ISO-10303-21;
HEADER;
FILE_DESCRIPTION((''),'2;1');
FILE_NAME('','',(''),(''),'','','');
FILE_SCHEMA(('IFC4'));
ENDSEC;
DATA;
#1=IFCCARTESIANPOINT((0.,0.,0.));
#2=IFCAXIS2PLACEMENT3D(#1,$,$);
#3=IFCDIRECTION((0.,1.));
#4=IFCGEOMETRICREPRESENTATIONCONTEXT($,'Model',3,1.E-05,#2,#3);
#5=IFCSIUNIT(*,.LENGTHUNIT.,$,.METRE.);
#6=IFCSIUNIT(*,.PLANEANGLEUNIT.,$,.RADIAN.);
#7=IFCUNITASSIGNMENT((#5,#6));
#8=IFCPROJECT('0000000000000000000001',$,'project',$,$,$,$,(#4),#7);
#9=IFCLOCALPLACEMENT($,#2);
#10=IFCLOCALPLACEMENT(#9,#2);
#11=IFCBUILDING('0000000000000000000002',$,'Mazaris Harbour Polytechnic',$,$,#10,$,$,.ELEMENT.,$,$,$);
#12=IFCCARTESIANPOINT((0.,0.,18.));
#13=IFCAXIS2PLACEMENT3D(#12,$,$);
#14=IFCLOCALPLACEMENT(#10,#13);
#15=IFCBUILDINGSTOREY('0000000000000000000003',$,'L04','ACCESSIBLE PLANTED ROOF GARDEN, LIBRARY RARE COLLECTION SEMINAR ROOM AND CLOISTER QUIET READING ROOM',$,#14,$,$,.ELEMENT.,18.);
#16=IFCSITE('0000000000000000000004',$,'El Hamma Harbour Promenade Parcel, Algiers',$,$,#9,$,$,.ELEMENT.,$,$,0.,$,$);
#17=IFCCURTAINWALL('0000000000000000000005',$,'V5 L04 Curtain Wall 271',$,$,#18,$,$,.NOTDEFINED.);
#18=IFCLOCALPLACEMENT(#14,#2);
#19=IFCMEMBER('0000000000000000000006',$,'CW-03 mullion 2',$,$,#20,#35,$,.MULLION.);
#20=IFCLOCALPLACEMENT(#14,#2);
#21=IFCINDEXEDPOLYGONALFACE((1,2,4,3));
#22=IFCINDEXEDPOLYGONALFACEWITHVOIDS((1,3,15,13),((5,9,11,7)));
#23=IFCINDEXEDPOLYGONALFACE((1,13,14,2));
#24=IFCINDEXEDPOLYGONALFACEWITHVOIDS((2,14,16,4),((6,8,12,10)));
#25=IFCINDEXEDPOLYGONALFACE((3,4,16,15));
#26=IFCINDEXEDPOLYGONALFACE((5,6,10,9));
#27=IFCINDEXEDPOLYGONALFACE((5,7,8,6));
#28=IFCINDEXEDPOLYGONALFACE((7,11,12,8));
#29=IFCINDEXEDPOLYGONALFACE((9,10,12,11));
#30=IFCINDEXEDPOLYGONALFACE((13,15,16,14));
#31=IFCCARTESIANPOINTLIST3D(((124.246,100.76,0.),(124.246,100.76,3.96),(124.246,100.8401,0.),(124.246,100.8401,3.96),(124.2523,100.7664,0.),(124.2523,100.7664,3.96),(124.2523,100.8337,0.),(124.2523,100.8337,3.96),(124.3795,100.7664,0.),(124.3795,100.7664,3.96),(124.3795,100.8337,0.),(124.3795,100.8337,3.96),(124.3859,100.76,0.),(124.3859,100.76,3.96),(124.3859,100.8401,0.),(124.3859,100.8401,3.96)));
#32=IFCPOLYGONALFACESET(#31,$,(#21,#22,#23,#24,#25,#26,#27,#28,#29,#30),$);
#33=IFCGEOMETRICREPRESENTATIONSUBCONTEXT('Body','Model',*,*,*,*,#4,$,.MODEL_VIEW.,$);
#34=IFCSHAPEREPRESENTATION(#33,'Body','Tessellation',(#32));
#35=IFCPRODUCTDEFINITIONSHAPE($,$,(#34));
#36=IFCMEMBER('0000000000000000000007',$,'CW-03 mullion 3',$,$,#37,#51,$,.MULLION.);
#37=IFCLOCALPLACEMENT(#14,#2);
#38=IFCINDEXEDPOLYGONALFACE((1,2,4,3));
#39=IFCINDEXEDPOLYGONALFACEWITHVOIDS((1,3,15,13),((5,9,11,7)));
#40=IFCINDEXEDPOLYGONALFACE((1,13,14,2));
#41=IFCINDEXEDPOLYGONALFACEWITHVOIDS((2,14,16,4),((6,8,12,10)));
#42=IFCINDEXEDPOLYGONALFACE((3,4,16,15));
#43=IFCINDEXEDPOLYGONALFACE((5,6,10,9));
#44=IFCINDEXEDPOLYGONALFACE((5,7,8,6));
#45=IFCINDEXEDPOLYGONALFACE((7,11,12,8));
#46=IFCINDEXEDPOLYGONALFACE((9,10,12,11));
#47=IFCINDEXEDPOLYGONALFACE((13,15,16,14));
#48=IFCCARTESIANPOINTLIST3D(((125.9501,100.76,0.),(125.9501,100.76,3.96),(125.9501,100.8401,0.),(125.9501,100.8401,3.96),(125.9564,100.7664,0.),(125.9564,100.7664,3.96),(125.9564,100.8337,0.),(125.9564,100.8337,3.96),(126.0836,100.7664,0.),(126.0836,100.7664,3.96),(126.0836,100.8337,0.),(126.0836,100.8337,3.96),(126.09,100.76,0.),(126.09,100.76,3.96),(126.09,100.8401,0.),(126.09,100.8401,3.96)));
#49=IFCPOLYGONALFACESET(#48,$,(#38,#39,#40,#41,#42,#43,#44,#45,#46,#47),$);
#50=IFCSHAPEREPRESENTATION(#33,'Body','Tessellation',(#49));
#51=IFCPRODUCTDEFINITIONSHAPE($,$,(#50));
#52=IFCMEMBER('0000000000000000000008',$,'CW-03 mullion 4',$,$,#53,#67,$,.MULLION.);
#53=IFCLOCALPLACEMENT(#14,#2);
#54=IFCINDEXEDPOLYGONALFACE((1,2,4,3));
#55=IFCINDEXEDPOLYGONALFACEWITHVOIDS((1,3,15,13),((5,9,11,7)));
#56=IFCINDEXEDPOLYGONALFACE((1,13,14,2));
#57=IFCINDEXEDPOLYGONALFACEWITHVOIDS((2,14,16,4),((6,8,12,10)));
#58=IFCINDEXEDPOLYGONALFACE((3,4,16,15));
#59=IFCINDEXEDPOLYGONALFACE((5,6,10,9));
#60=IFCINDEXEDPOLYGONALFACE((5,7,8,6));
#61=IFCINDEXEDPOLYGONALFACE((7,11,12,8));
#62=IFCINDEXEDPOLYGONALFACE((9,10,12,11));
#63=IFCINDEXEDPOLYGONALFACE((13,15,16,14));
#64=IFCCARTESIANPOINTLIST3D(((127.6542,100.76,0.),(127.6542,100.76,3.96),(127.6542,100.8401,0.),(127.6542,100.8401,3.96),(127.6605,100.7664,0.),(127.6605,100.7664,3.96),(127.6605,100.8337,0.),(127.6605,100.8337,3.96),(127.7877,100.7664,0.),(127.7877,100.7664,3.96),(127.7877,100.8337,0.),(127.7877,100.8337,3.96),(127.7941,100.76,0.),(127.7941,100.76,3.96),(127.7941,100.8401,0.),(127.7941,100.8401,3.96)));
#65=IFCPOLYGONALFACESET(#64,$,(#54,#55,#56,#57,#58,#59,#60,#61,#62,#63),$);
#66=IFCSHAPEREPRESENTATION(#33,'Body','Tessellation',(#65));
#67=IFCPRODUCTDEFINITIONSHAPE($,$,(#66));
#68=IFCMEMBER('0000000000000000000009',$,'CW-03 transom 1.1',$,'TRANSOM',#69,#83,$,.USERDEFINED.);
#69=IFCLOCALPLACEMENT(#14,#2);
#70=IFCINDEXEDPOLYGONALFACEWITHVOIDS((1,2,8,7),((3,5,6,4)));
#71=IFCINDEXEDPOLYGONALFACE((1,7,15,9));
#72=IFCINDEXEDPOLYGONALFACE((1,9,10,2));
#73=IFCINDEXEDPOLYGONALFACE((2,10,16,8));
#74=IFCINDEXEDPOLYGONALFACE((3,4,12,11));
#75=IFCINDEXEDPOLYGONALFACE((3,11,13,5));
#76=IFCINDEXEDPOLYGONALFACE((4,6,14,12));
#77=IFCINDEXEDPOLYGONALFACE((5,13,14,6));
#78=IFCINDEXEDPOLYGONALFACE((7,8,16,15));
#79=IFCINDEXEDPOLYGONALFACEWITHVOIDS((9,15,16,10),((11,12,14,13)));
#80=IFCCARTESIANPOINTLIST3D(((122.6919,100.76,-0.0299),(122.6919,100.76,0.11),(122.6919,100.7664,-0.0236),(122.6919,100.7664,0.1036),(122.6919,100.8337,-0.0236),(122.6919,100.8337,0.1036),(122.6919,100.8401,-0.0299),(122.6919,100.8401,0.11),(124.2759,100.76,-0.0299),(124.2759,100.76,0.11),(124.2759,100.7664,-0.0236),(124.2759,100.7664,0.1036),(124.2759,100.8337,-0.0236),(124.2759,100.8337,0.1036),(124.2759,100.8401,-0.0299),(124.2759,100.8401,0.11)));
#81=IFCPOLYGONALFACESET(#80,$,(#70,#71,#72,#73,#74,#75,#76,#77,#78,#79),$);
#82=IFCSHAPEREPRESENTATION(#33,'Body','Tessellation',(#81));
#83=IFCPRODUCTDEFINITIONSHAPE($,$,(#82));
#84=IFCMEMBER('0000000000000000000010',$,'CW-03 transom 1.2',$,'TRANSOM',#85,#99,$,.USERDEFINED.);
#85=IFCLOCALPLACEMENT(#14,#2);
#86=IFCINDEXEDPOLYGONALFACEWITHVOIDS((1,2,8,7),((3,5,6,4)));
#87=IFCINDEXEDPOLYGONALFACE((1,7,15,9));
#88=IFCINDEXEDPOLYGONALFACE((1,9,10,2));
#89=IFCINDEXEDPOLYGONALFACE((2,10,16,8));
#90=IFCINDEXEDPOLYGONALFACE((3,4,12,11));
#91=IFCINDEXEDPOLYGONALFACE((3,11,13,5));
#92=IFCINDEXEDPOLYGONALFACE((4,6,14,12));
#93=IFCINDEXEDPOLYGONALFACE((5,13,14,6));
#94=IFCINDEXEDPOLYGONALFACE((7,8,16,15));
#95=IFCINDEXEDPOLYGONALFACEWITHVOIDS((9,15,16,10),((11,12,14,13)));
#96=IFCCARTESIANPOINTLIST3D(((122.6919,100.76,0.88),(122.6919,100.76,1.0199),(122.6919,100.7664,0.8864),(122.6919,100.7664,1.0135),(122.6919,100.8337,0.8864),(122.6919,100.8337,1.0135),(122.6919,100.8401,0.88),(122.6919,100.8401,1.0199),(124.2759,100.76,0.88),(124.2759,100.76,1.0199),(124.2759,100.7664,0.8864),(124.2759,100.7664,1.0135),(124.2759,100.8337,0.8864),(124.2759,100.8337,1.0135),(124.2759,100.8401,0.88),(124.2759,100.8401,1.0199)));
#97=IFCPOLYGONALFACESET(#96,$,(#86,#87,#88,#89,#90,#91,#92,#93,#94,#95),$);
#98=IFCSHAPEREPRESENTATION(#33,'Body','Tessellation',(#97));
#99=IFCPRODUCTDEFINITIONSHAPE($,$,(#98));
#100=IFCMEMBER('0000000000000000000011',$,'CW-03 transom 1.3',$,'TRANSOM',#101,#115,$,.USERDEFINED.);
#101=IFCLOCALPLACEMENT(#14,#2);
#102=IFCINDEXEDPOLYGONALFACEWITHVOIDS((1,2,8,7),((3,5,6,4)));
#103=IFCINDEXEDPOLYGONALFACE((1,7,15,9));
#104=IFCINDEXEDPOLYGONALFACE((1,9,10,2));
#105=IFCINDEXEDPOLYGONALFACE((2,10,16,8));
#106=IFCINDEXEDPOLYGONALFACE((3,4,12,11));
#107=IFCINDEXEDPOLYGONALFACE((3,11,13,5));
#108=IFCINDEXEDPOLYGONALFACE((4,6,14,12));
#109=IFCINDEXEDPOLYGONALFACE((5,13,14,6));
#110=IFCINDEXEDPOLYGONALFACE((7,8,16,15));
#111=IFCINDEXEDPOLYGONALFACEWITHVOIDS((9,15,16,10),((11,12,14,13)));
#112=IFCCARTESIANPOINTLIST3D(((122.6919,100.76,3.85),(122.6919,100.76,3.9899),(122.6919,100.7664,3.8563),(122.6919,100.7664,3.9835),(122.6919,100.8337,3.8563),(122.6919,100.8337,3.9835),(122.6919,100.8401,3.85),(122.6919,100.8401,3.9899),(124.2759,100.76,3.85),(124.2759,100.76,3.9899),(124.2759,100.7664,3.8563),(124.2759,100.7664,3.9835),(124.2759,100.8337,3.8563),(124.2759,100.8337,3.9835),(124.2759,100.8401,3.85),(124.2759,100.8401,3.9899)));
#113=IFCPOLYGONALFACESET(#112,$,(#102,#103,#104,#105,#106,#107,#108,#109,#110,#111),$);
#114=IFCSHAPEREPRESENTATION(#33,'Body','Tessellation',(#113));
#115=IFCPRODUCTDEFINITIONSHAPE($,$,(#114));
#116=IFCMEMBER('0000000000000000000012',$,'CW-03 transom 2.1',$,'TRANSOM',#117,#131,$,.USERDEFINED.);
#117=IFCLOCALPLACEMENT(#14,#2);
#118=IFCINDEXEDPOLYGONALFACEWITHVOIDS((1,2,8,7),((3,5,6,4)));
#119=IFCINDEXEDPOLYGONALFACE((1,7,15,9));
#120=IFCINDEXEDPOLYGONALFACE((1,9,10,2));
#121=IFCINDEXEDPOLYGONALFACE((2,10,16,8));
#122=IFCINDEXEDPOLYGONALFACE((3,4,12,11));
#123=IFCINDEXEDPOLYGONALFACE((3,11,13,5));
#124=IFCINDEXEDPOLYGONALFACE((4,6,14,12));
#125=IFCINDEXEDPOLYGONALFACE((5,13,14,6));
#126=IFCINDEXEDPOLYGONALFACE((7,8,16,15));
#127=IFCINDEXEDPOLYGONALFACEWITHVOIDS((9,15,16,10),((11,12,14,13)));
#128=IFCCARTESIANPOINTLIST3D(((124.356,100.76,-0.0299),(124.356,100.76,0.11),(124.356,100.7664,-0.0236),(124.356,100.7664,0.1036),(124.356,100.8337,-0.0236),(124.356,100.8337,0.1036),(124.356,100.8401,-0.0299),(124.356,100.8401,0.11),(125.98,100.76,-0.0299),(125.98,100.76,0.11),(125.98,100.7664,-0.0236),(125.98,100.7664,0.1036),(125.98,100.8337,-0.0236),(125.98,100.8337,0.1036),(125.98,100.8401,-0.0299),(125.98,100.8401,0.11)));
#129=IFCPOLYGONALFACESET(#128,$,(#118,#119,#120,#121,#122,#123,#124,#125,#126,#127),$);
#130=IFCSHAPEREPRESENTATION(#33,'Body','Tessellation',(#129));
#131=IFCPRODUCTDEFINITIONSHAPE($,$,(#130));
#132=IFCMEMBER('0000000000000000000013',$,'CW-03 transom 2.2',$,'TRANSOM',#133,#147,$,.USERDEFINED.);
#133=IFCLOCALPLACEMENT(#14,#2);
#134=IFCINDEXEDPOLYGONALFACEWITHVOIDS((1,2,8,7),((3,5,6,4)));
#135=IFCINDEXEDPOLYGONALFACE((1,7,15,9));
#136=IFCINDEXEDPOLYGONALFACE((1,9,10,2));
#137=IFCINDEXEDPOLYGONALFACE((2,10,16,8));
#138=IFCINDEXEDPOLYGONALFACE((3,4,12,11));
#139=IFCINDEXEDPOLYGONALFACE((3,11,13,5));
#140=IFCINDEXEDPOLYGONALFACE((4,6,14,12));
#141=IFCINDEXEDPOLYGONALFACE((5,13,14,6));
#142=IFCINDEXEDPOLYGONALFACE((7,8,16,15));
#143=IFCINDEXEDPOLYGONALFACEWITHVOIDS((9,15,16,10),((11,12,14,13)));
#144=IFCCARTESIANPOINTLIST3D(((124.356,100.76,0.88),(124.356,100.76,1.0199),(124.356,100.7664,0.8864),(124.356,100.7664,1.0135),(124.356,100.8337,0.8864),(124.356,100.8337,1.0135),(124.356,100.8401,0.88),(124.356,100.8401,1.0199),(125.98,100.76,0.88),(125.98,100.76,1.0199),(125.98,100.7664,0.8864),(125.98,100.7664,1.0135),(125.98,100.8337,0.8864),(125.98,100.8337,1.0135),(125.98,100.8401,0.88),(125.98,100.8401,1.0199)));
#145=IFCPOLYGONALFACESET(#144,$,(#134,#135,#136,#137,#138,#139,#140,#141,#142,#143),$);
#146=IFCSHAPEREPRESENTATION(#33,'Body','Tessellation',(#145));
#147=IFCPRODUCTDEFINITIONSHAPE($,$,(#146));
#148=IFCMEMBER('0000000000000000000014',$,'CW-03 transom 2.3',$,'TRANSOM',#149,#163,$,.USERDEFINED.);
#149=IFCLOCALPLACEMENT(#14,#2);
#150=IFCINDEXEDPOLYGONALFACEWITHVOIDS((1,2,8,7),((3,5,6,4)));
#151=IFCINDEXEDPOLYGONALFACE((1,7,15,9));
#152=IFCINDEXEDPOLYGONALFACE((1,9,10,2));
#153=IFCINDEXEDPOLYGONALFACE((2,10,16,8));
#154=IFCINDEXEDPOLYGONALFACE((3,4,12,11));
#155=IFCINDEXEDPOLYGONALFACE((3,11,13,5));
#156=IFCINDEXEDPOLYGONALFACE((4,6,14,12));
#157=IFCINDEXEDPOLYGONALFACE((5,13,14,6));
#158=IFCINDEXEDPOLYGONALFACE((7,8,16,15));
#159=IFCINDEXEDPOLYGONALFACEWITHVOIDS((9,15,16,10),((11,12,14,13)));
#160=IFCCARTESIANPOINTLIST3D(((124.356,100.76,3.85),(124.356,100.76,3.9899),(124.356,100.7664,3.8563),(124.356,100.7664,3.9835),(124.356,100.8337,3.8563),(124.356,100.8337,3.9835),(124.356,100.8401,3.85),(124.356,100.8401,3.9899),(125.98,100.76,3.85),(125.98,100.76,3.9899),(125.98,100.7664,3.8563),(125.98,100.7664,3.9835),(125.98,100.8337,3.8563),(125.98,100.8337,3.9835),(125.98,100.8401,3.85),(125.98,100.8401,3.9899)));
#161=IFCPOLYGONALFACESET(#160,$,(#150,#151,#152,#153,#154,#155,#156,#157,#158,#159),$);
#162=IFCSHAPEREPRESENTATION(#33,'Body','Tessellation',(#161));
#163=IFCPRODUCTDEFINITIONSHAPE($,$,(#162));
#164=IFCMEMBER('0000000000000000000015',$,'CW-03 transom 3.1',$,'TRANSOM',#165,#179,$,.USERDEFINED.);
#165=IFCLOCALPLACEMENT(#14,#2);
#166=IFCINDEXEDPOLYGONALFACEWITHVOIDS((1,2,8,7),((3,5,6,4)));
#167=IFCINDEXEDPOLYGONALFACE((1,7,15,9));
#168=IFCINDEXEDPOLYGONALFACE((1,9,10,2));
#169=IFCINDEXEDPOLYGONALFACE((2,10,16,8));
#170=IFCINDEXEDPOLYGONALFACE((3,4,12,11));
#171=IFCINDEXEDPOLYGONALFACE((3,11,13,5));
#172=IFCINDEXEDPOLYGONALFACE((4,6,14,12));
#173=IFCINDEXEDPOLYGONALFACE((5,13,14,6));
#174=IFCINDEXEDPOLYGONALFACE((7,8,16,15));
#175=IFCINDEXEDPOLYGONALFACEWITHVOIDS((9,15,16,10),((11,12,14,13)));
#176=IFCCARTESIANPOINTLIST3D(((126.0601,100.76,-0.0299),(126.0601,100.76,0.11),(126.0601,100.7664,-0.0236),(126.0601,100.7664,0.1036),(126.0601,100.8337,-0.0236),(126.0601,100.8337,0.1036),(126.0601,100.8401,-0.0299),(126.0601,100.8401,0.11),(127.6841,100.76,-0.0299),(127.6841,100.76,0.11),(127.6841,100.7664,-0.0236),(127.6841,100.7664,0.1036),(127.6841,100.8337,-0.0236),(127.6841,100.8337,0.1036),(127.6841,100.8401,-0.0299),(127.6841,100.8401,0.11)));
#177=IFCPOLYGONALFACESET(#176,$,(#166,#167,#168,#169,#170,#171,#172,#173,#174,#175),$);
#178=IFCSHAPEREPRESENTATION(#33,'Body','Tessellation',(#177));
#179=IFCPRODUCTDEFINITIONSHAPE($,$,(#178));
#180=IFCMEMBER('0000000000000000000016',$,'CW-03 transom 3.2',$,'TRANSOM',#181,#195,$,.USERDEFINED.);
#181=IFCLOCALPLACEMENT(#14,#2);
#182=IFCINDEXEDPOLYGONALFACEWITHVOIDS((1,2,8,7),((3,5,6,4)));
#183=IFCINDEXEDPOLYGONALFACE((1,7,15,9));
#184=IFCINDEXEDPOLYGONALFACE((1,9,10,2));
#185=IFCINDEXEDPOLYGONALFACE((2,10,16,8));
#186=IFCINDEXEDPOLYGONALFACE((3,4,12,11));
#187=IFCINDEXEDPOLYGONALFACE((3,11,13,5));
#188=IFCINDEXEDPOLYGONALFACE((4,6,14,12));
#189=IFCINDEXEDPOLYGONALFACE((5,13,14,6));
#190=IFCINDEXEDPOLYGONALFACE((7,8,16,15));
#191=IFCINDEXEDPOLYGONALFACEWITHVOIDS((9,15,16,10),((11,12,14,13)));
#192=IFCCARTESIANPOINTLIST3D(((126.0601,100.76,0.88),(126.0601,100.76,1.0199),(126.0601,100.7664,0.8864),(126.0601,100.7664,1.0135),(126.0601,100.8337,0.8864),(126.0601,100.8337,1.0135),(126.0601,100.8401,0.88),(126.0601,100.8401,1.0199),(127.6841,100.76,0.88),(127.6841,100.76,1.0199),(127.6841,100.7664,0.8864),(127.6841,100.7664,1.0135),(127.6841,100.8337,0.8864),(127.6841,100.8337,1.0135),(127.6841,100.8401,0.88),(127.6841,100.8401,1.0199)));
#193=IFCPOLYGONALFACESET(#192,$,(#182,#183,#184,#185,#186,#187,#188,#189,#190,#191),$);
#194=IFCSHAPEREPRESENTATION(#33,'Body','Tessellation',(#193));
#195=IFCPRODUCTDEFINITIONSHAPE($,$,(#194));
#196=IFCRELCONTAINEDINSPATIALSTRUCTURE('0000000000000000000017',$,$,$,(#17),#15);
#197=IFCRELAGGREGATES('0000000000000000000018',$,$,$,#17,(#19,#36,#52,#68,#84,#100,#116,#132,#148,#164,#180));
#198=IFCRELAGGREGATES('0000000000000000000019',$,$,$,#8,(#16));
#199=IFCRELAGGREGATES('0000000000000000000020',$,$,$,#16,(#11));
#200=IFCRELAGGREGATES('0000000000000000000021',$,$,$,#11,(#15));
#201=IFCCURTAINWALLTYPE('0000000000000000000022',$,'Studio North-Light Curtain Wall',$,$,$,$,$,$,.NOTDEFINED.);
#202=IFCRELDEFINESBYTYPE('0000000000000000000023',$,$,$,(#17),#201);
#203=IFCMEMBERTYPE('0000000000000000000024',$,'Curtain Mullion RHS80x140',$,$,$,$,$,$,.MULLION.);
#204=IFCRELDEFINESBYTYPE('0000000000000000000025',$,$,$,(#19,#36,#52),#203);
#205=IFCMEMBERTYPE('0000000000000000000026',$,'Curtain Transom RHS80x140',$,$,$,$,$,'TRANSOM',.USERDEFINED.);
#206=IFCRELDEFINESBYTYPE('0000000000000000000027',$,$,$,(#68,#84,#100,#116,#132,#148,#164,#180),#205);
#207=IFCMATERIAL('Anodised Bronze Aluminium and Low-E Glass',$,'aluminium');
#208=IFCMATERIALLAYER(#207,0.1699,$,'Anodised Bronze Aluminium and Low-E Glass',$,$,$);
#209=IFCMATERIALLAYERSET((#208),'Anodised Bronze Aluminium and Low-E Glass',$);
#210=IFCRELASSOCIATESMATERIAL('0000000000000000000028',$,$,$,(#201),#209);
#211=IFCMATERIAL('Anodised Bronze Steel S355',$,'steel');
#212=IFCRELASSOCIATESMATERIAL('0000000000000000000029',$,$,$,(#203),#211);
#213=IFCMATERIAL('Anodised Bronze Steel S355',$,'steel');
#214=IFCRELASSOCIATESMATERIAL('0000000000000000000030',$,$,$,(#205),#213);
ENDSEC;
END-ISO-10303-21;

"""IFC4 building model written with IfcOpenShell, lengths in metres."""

from ifc_helpers import new_model, si_unit, direction, frame, origin, origin_2d, place, context, subcontext, project, spatial, hollow_rectangle, extrude, material, layer, layer_set, material_profile, profile_set, type_object, element, aggregate, save


model = new_model("IFC4")

# Units and contexts
model_context = context("Model", 3, precision=1e-05, world=origin(), true_north=direction((0.0, 1.0)))
body_context = subcontext(model_context, "Body", "Model", "MODEL_VIEW")
ifc_project = project(units=[si_unit("LENGTHUNIT", "METRE"), si_unit("PLANEANGLEUNIT", "RADIAN")], contexts=[model_context])

# Site, building, storey
site_placement = place(None, origin())
site = spatial("IfcSite", under=ifc_project, at=site_placement, Name="El Hamma Harbour Promenade Parcel, Algiers", CompositionType="ELEMENT", RefElevation=0.0)
building_placement = place(site_placement, origin())
building = spatial("IfcBuilding", under=site, at=building_placement, Name="Mazaris Harbour Polytechnic", CompositionType="ELEMENT")
storey_placement = place(building_placement, frame((0.0, 0.0, 18.0)))
storey = spatial("IfcBuildingStorey", under=building, at=storey_placement, Name="L04", Description="ACCESSIBLE PLANTED ROOF GARDEN, LIBRARY RARE COLLECTION SEMINAR ROOM AND CLOISTER QUIET READING ROOM", CompositionType="ELEMENT", Elevation=18.0)

# Curtain wall, members
ifc_material_1 = material(Name="Anodised Bronze Aluminium and Low-E Glass", Category="aluminium")
ifc_layer_1 = layer(ifc_material_1, 0.1699, Name="Anodised Bronze Aluminium and Low-E Glass")
ifc_layer_set_1 = layer_set([ifc_layer_1], Name="Anodised Bronze Aluminium and Low-E Glass")
curtain_wall_type = type_object("IfcCurtainWallType", Name="Studio North-Light Curtain Wall", PredefinedType="NOTDEFINED", material=ifc_layer_set_1)
curtain_wall_placement = place(storey_placement, origin())
curtain_wall = element("IfcCurtainWall", 1, at=curtain_wall_placement, inside=storey, type_object=curtain_wall_type, Name="V5 L04 Curtain Wall 271", PredefinedType="NOTDEFINED")
ifc_material_2 = material(Name="Anodised Bronze Steel S355", Category="steel")
ifc_material_profile_1 = material_profile(ifc_material_2, hollow_rectangle(XDim=0.0801, YDim=0.1399, WallThickness=0.0063, at=origin_2d()), Name="RHS 80x140x6.3")
ifc_profile_set_1 = profile_set([ifc_material_profile_1], Name="Anodised Bronze Steel S355")
member_type_1 = type_object("IfcMemberType", Name="Curtain Mullion RHS80x140", PredefinedType="MULLION", material=ifc_profile_set_1)
member_1_placement = place(storey_placement, frame((124.3159, 100.8, 0.0), z_axis=(0.0, 0.0, 1.0), x_axis=(0.0, 1.0, 0.0)))
member_1 = element("IfcMember", 2, at=member_1_placement, type_object=member_type_1, Name="CW-03 mullion 2", PredefinedType="MULLION", context=body_context, shape_type="SweptSolid", body=[
    extrude(hollow_rectangle(XDim=0.0801, YDim=0.1399, WallThickness=0.0063, at=origin_2d()), origin(), (0.0, 0.0, 1.0), 3.96),
])
member_2_placement = place(storey_placement, frame((126.02, 100.8, 0.0), z_axis=(0.0, 0.0, 1.0), x_axis=(0.0, 1.0, 0.0)))
member_2 = element("IfcMember", 3, at=member_2_placement, type_object=member_type_1, Name="CW-03 mullion 3", PredefinedType="MULLION", context=body_context, shape_type="SweptSolid", body=[
    extrude(hollow_rectangle(XDim=0.0801, YDim=0.1399, WallThickness=0.0063, at=origin_2d()), origin(), (0.0, 0.0, 1.0), 3.96),
])
member_3_placement = place(storey_placement, frame((127.7241, 100.8, 0.0), z_axis=(0.0, 0.0, 1.0), x_axis=(0.0, 1.0, 0.0)))
member_3 = element("IfcMember", 4, at=member_3_placement, type_object=member_type_1, Name="CW-03 mullion 4", PredefinedType="MULLION", context=body_context, shape_type="SweptSolid", body=[
    extrude(hollow_rectangle(XDim=0.0801, YDim=0.1399, WallThickness=0.0063, at=origin_2d()), origin(), (0.0, 0.0, 1.0), 3.96),
])
ifc_material_3 = material(Name="Anodised Bronze Steel S355", Category="steel")
ifc_material_profile_2 = material_profile(ifc_material_3, hollow_rectangle(XDim=0.0801, YDim=0.1399, WallThickness=0.0063, at=origin_2d()), Name="RHS 80x140x6.3")
ifc_profile_set_2 = profile_set([ifc_material_profile_2], Name="Anodised Bronze Steel S355")
member_type_2 = type_object("IfcMemberType", Name="Curtain Transom RHS80x140", ElementType="TRANSOM", PredefinedType="USERDEFINED", material=ifc_profile_set_2)
member_4_placement = place(storey_placement, frame((122.6919, 100.8, 0.04), z_axis=(1.0, 0.0, 0.0), x_axis=(0.0, 1.0, 0.0)))
member_4 = element("IfcMember", 5, at=member_4_placement, type_object=member_type_2, Name="CW-03 transom 1.1", ObjectType="TRANSOM", PredefinedType="USERDEFINED", context=body_context, shape_type="SweptSolid", body=[
    extrude(hollow_rectangle(XDim=0.0801, YDim=0.1399, WallThickness=0.0063, at=origin_2d()), origin(), (0.0, 0.0, 1.0), 1.584),
])
member_5_placement = place(storey_placement, frame((122.6919, 100.8, 0.95), z_axis=(1.0, 0.0, 0.0), x_axis=(0.0, 1.0, 0.0)))
member_5 = element("IfcMember", 6, at=member_5_placement, type_object=member_type_2, Name="CW-03 transom 1.2", ObjectType="TRANSOM", PredefinedType="USERDEFINED", context=body_context, shape_type="SweptSolid", body=[
    extrude(hollow_rectangle(XDim=0.0801, YDim=0.1399, WallThickness=0.0063, at=origin_2d()), origin(), (0.0, 0.0, 1.0), 1.584),
])
member_6_placement = place(storey_placement, frame((122.6919, 100.8, 3.9199), z_axis=(1.0, 0.0, 0.0), x_axis=(0.0, 1.0, 0.0)))
member_6 = element("IfcMember", 7, at=member_6_placement, type_object=member_type_2, Name="CW-03 transom 1.3", ObjectType="TRANSOM", PredefinedType="USERDEFINED", context=body_context, shape_type="SweptSolid", body=[
    extrude(hollow_rectangle(XDim=0.0801, YDim=0.1399, WallThickness=0.0063, at=origin_2d()), origin(), (0.0, 0.0, 1.0), 1.584),
])
member_7_placement = place(storey_placement, frame((124.356, 100.8, 0.04), z_axis=(1.0, 0.0, 0.0), x_axis=(0.0, 1.0, 0.0)))
member_7 = element("IfcMember", 8, at=member_7_placement, type_object=member_type_2, Name="CW-03 transom 2.1", ObjectType="TRANSOM", PredefinedType="USERDEFINED", context=body_context, shape_type="SweptSolid", body=[
    extrude(hollow_rectangle(XDim=0.0801, YDim=0.1399, WallThickness=0.0063, at=origin_2d()), origin(), (0.0, 0.0, 1.0), 1.624),
])
member_8_placement = place(storey_placement, frame((124.356, 100.8, 0.95), z_axis=(1.0, 0.0, 0.0), x_axis=(0.0, 1.0, 0.0)))
member_8 = element("IfcMember", 9, at=member_8_placement, type_object=member_type_2, Name="CW-03 transom 2.2", ObjectType="TRANSOM", PredefinedType="USERDEFINED", context=body_context, shape_type="SweptSolid", body=[
    extrude(hollow_rectangle(XDim=0.0801, YDim=0.1399, WallThickness=0.0063, at=origin_2d()), origin(), (0.0, 0.0, 1.0), 1.624),
])
member_9_placement = place(storey_placement, frame((124.356, 100.8, 3.9199), z_axis=(1.0, 0.0, 0.0), x_axis=(0.0, 1.0, 0.0)))
member_9 = element("IfcMember", 10, at=member_9_placement, type_object=member_type_2, Name="CW-03 transom 2.3", ObjectType="TRANSOM", PredefinedType="USERDEFINED", context=body_context, shape_type="SweptSolid", body=[
    extrude(hollow_rectangle(XDim=0.0801, YDim=0.1399, WallThickness=0.0063, at=origin_2d()), origin(), (0.0, 0.0, 1.0), 1.624),
])
member_10_placement = place(storey_placement, frame((126.0601, 100.8, 0.04), z_axis=(1.0, 0.0, 0.0), x_axis=(0.0, 1.0, 0.0)))
member_10 = element("IfcMember", 11, at=member_10_placement, type_object=member_type_2, Name="CW-03 transom 3.1", ObjectType="TRANSOM", PredefinedType="USERDEFINED", context=body_context, shape_type="SweptSolid", body=[
    extrude(hollow_rectangle(XDim=0.0801, YDim=0.1399, WallThickness=0.0063, at=origin_2d()), origin(), (0.0, 0.0, 1.0), 1.624),
])
member_11_placement = place(storey_placement, frame((126.0601, 100.8, 0.95), z_axis=(1.0, 0.0, 0.0), x_axis=(0.0, 1.0, 0.0)))
member_11 = element("IfcMember", 12, at=member_11_placement, type_object=member_type_2, Name="CW-03 transom 3.2", ObjectType="TRANSOM", PredefinedType="USERDEFINED", context=body_context, shape_type="SweptSolid", body=[
    extrude(hollow_rectangle(XDim=0.0801, YDim=0.1399, WallThickness=0.0063, at=origin_2d()), origin(), (0.0, 0.0, 1.0), 1.624),
])
aggregate(curtain_wall, [member_1, member_2, member_3, member_4, member_5, member_6, member_7, member_8, member_9, member_10, member_11])

save(model, "model.ifc")
